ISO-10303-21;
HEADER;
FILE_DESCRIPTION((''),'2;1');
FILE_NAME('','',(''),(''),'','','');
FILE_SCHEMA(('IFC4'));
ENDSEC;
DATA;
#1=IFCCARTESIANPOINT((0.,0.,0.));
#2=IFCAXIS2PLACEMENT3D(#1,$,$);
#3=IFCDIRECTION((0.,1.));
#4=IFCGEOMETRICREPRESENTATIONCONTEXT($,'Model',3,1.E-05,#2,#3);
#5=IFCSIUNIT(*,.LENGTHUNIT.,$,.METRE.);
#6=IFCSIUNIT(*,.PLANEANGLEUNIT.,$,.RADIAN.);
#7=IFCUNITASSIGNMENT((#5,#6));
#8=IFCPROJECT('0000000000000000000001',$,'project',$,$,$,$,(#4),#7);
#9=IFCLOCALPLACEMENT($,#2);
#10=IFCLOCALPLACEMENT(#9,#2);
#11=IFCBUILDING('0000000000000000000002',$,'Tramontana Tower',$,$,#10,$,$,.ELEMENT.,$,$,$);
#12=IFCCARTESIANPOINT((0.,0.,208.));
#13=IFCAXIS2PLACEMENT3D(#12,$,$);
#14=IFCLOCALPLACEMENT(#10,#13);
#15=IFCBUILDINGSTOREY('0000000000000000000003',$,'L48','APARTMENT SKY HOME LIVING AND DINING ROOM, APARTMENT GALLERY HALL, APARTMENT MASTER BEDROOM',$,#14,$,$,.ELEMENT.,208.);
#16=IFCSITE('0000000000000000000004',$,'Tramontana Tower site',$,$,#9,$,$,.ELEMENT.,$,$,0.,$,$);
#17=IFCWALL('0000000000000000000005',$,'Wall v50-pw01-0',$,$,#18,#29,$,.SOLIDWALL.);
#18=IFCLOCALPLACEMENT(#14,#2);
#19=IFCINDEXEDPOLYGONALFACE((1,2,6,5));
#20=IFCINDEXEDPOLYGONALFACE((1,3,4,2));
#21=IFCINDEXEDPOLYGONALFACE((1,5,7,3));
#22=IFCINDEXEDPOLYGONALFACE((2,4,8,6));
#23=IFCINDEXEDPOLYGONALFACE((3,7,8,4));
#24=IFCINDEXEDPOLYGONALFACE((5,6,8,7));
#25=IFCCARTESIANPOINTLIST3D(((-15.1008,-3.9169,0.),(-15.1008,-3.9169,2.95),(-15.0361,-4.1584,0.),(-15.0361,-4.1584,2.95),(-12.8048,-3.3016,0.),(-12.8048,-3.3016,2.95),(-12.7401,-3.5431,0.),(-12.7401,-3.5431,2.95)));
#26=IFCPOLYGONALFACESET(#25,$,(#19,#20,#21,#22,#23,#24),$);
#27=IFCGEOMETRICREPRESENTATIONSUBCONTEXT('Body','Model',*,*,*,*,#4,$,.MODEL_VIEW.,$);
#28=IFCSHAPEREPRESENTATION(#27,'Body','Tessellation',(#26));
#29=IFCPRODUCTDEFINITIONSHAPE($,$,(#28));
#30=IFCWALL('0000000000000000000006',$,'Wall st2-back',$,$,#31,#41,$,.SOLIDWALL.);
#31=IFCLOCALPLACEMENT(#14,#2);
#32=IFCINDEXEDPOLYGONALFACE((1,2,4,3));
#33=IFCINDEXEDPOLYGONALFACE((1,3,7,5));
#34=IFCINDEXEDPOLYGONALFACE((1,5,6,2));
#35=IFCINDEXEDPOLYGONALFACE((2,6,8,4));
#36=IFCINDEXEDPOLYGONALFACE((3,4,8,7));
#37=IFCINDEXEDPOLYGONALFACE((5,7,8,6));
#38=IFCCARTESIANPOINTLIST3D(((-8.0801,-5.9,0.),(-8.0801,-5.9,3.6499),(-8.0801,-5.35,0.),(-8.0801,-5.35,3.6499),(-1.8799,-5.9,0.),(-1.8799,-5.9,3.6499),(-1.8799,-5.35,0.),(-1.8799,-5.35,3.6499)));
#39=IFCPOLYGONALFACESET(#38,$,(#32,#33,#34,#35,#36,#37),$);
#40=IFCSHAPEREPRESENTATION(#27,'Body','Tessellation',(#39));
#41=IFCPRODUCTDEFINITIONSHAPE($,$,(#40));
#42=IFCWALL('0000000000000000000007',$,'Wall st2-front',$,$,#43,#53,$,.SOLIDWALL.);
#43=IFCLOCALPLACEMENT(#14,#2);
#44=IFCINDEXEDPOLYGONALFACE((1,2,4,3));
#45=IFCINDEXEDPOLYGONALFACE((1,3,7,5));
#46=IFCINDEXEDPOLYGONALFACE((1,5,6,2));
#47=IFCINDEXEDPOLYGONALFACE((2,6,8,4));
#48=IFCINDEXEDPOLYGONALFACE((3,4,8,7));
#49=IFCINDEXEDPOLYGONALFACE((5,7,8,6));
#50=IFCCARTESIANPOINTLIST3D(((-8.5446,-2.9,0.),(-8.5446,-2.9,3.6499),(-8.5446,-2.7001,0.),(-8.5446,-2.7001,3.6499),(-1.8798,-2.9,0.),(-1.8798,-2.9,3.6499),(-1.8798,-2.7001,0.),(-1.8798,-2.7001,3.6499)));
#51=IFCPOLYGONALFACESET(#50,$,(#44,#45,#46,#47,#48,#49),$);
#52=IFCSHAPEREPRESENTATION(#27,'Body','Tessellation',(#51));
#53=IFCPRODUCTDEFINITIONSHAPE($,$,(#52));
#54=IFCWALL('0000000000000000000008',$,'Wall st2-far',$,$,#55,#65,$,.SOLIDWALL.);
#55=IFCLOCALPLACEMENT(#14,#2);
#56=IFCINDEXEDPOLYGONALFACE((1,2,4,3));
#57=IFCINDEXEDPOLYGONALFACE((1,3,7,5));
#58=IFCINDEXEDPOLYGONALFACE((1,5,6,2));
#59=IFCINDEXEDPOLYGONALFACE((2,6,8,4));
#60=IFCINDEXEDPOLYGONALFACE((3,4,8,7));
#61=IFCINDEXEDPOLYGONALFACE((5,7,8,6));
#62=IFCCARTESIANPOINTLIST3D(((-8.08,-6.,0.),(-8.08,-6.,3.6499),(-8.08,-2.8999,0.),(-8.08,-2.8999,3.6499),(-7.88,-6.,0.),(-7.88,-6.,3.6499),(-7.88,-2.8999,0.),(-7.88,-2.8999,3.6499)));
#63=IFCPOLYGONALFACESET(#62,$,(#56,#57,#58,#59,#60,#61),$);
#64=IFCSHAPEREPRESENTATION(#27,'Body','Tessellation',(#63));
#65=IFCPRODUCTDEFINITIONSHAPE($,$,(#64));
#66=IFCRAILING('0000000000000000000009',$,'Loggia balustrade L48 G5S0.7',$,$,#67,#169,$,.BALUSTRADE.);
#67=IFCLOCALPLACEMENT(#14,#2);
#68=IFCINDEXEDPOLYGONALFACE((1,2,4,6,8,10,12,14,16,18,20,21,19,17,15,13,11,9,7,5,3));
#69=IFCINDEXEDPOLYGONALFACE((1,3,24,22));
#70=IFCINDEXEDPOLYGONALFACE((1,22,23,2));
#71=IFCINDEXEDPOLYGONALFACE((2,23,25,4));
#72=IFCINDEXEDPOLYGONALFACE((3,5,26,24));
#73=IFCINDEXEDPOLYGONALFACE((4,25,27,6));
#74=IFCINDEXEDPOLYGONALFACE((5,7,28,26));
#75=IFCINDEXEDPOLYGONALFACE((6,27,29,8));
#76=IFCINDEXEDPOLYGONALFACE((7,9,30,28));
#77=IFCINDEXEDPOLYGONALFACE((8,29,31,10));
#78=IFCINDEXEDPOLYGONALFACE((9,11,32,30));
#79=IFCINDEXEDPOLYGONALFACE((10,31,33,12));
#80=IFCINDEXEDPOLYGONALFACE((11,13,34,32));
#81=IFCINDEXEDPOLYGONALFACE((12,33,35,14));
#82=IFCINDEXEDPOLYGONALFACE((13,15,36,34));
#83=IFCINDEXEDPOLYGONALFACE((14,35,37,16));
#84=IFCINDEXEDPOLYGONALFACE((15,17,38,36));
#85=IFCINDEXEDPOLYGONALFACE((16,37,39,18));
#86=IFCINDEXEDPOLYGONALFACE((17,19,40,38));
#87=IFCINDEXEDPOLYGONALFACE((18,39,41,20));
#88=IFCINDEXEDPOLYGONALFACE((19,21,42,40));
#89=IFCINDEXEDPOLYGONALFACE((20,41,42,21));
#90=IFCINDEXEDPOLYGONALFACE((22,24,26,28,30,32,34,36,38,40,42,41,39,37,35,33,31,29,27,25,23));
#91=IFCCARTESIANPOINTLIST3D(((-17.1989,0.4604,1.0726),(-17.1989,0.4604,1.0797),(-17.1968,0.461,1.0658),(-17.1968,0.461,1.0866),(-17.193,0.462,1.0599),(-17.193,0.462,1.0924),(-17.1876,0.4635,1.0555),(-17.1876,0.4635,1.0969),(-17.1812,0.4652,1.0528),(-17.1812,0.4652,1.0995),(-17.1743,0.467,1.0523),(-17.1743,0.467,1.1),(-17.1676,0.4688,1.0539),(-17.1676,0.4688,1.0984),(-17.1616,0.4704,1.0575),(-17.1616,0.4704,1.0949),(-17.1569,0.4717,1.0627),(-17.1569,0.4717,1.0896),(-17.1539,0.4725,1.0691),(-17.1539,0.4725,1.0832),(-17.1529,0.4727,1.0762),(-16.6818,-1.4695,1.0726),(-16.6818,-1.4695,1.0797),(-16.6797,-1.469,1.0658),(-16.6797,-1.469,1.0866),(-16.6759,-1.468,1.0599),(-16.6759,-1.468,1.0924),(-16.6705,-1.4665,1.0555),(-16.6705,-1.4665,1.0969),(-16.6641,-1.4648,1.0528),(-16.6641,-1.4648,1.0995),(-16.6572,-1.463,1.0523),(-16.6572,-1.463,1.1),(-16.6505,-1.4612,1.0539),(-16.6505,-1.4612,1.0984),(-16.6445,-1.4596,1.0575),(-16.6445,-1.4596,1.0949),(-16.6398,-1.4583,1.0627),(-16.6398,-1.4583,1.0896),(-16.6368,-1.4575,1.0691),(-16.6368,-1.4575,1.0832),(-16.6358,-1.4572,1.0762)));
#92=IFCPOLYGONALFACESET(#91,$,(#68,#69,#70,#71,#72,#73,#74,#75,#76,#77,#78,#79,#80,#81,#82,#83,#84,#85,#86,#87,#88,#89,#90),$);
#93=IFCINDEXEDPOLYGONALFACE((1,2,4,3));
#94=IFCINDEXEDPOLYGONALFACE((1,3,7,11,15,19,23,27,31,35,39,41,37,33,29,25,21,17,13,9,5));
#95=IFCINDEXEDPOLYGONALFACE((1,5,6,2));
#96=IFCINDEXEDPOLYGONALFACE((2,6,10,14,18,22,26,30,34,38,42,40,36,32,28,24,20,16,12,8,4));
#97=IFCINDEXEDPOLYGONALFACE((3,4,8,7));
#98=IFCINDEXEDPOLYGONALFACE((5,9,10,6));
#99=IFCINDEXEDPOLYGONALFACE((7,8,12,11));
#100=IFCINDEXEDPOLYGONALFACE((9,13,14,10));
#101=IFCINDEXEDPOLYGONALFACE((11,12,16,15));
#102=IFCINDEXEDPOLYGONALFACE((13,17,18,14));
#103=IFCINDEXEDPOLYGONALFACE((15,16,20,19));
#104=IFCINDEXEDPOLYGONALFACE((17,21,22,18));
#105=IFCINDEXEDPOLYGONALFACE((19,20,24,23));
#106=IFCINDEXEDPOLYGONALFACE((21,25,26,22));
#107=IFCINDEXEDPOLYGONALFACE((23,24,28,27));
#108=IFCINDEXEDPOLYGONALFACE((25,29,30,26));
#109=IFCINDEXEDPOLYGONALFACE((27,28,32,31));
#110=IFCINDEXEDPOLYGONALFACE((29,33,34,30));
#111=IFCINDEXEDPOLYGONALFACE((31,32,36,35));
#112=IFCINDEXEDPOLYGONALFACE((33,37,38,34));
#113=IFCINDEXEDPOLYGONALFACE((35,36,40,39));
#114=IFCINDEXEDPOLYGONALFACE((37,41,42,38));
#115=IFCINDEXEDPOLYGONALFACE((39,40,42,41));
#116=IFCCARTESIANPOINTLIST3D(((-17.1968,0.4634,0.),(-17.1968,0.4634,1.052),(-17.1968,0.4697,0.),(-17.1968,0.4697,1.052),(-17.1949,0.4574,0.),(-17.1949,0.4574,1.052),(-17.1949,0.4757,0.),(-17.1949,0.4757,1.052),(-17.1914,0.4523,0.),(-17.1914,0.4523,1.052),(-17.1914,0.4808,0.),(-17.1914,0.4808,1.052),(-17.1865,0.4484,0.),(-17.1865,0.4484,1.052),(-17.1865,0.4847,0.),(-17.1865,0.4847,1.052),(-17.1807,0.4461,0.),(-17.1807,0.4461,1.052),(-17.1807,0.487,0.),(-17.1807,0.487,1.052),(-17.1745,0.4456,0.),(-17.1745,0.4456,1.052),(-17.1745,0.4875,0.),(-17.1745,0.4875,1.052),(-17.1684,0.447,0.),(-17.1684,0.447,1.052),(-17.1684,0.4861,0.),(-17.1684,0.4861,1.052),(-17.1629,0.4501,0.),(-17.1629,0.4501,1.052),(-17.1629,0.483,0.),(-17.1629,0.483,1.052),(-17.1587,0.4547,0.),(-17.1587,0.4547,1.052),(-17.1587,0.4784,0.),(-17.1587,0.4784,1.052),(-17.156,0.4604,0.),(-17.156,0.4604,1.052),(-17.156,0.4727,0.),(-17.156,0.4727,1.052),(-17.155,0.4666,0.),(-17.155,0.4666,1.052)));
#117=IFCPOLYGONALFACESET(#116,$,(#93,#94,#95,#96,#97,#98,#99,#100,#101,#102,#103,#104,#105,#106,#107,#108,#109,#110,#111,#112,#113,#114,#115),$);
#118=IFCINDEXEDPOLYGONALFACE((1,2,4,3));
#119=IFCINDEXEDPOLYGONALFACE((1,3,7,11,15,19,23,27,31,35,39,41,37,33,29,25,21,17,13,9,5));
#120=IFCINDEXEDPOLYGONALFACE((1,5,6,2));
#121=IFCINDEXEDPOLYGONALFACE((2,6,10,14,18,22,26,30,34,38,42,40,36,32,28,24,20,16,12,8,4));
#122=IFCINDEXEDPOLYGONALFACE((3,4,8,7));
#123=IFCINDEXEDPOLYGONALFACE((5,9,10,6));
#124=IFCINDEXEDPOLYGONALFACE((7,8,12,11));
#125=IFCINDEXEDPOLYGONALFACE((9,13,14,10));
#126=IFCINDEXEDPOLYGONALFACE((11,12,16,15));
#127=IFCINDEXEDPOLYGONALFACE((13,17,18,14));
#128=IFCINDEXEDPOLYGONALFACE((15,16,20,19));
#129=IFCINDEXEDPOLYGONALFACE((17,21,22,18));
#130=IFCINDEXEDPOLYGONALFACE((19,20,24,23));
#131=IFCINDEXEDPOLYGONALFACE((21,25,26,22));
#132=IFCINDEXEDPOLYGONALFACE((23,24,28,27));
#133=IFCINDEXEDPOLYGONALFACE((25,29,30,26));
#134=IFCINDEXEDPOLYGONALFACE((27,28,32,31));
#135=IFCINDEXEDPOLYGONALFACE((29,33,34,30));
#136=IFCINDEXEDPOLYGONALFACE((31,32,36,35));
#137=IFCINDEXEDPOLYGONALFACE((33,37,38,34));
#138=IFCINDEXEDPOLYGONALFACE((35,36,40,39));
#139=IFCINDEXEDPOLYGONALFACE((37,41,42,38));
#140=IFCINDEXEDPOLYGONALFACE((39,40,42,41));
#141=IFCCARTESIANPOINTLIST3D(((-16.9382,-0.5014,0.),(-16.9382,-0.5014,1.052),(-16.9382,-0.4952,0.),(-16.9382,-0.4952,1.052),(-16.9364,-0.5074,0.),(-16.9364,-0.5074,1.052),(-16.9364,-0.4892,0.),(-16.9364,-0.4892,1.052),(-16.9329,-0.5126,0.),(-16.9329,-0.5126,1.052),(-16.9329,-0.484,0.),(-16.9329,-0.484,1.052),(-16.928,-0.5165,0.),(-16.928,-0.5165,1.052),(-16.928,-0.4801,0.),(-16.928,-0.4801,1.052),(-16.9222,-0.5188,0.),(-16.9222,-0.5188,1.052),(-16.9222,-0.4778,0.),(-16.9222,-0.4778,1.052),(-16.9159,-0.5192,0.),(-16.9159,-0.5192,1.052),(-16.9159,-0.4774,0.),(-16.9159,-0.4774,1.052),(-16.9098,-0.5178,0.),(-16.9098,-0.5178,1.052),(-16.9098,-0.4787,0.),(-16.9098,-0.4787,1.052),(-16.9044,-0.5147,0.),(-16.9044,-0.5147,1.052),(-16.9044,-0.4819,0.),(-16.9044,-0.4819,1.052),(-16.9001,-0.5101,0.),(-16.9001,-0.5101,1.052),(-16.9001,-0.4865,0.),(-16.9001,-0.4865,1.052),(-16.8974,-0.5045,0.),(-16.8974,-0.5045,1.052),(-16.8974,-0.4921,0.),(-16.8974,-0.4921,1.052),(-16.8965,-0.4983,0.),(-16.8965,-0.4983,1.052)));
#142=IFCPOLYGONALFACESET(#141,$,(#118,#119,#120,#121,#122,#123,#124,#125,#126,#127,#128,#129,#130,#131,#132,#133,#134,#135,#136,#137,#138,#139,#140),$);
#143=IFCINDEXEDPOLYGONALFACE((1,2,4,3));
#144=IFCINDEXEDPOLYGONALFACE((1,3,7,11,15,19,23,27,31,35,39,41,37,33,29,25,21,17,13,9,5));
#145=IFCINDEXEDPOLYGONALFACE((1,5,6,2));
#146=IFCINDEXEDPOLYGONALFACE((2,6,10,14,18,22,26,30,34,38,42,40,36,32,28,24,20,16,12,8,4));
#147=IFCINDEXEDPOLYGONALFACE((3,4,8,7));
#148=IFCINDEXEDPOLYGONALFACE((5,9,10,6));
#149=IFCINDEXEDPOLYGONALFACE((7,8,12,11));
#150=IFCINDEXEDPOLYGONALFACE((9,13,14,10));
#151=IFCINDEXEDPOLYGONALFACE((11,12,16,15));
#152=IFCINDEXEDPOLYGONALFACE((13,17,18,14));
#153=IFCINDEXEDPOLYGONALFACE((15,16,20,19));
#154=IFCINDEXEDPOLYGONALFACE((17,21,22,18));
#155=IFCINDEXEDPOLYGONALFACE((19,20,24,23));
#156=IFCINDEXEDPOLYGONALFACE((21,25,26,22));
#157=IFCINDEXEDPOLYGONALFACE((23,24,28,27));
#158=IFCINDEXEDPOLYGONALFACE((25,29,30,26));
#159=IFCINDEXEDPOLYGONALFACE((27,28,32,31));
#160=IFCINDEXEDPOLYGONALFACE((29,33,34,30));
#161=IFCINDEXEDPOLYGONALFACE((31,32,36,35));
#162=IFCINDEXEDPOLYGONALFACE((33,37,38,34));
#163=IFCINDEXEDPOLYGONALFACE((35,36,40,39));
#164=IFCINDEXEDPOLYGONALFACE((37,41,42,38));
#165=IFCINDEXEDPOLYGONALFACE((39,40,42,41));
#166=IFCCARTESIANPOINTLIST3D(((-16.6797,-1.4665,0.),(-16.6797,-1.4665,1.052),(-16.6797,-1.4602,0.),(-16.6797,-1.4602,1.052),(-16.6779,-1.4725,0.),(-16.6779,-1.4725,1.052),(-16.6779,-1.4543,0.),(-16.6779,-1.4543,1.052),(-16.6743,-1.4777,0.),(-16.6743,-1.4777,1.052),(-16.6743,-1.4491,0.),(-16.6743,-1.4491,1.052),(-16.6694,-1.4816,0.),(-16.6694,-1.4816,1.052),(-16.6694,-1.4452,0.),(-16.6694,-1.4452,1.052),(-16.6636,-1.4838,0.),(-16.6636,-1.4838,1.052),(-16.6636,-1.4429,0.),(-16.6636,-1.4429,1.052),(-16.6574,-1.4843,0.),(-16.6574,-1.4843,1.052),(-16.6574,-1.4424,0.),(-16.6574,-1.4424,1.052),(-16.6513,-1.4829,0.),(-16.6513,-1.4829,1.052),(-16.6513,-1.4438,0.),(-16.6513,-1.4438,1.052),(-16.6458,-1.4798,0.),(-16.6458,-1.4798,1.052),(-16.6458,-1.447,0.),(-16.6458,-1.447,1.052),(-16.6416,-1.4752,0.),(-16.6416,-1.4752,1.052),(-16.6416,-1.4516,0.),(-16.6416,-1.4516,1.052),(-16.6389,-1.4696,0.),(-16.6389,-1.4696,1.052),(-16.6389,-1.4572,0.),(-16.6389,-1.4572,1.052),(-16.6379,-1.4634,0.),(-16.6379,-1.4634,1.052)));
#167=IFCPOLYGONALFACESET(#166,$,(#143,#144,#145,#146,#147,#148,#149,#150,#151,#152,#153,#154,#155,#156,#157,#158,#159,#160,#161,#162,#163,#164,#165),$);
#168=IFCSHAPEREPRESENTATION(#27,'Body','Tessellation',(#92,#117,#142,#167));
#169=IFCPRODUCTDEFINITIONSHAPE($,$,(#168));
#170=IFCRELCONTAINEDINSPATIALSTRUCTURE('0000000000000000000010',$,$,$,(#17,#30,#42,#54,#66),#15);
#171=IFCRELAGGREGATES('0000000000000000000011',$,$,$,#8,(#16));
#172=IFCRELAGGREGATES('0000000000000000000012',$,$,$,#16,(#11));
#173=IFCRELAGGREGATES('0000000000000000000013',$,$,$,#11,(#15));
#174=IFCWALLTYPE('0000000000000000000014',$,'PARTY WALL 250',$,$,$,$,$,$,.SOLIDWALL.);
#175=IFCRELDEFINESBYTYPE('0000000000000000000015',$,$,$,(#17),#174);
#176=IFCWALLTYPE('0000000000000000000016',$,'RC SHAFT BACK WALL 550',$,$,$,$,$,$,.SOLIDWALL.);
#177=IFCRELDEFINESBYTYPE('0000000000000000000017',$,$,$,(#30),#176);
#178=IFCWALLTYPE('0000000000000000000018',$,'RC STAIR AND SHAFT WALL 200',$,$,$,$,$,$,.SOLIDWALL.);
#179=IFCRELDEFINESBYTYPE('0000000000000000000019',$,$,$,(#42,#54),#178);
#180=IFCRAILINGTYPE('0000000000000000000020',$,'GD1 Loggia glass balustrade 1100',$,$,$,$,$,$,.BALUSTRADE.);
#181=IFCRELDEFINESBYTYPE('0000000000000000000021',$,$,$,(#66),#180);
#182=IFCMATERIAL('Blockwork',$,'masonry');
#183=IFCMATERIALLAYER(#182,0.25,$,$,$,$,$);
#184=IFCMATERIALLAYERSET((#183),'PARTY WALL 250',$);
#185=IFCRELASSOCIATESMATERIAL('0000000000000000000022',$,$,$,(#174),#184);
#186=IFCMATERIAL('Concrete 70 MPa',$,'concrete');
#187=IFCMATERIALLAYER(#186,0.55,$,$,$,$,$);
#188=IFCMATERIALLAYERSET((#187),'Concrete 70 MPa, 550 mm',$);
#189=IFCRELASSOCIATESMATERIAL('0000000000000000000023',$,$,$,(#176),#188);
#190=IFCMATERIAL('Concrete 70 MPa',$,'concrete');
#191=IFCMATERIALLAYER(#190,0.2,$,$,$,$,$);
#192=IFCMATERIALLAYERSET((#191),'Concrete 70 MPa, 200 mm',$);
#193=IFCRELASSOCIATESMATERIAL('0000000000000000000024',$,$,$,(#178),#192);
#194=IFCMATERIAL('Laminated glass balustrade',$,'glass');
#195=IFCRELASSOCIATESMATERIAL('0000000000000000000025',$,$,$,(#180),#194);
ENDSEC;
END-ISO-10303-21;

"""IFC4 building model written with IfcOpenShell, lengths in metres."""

from ifc_helpers import new_model, si_unit, direction, frame, frame_2d, origin, origin_2d, place, context, subcontext, project, spatial, rectangle, circle, extrude, material, layer, layer_set, type_object, element, save


model = new_model("IFC4")

# Units and contexts
model_context = context("Model", 3, precision=1e-05, world=origin(), true_north=direction((0.0, 1.0)))
body_context = subcontext(model_context, "Body", "Model", "MODEL_VIEW")
ifc_project = project(units=[si_unit("LENGTHUNIT", "METRE"), si_unit("PLANEANGLEUNIT", "RADIAN")], contexts=[model_context])

# Site, building, storey
site_placement = place(None, origin())
site = spatial("IfcSite", under=ifc_project, at=site_placement, Name="Tramontana Tower site", CompositionType="ELEMENT", RefElevation=0.0)
building_placement = place(site_placement, origin())
building = spatial("IfcBuilding", under=site, at=building_placement, Name="Tramontana Tower", CompositionType="ELEMENT")
storey_placement = place(building_placement, frame((0.0, 0.0, 208.0)))
storey = spatial("IfcBuildingStorey", under=building, at=storey_placement, Name="L48", Description="APARTMENT SKY HOME LIVING AND DINING ROOM, APARTMENT GALLERY HALL, APARTMENT MASTER BEDROOM", CompositionType="ELEMENT", Elevation=208.0)

# Walls
ifc_material_1 = material(Name="Blockwork", Category="masonry")
ifc_layer_1 = layer(ifc_material_1, 0.25)
ifc_layer_set_1 = layer_set([ifc_layer_1], Name="PARTY WALL 250")
wall_type_1 = type_object("IfcWallType", Name="PARTY WALL 250", PredefinedType="SOLIDWALL", material=ifc_layer_set_1)
wall_1_placement = place(storey_placement, frame((-12.7725, -3.4224, 0.0), z_axis=(0.0, 0.0, 1.0), x_axis=(-0.965921, -0.258839, 0.0)))
element("IfcWall", 1, at=wall_1_placement, inside=storey, type_object=wall_type_1, Name="Wall v50-pw01-0", PredefinedType="SOLIDWALL", context=body_context, shape_type="SweptSolid", body=[
    extrude(rectangle(XDim=2.377, YDim=0.25, at=frame_2d((1.1885, 0.0))), origin(), (0.0, 0.0, 1.0), 2.95),
])
ifc_material_2 = material(Name="Concrete 70 MPa", Category="concrete")
ifc_layer_2 = layer(ifc_material_2, 0.55)
ifc_layer_set_2 = layer_set([ifc_layer_2], Name="Concrete 70 MPa, 550 mm")
wall_type_2 = type_object("IfcWallType", Name="RC SHAFT BACK WALL 550", PredefinedType="SOLIDWALL", material=ifc_layer_set_2)
wall_2_placement = place(storey_placement, frame((-8.0801, -5.625, 0.0), z_axis=(0.0, 0.0, 1.0), x_axis=(1.0, 0.0, 0.0)))
element("IfcWall", 2, at=wall_2_placement, inside=storey, type_object=wall_type_2, Name="Wall st2-back", PredefinedType="SOLIDWALL", context=body_context, shape_type="SweptSolid", body=[
    extrude(rectangle(XDim=6.2002, YDim=0.55, at=frame_2d((3.1001, 0.0))), origin(), (0.0, 0.0, 1.0), 3.6499),
])
ifc_material_3 = material(Name="Concrete 70 MPa", Category="concrete")
ifc_layer_3 = layer(ifc_material_3, 0.2)
ifc_layer_set_3 = layer_set([ifc_layer_3], Name="Concrete 70 MPa, 200 mm")
wall_type_3 = type_object("IfcWallType", Name="RC STAIR AND SHAFT WALL 200", PredefinedType="SOLIDWALL", material=ifc_layer_set_3)
wall_3_placement = place(storey_placement, frame((-8.5447, -2.8, 0.0), z_axis=(0.0, 0.0, 1.0), x_axis=(1.0, 0.0, 0.0)))
element("IfcWall", 3, at=wall_3_placement, inside=storey, type_object=wall_type_3, Name="Wall st2-front", PredefinedType="SOLIDWALL", context=body_context, shape_type="SweptSolid", body=[
    extrude(rectangle(XDim=6.6648, YDim=0.2, at=frame_2d((3.3325, 0.0))), origin(), (0.0, 0.0, 1.0), 3.6499),
])
wall_4_placement = place(storey_placement, frame((-7.98, -2.8999, 0.0), z_axis=(0.0, 0.0, 1.0), x_axis=(0.0, -1.0, 0.0)))
element("IfcWall", 4, at=wall_4_placement, inside=storey, type_object=wall_type_3, Name="Wall st2-far", PredefinedType="SOLIDWALL", context=body_context, shape_type="SweptSolid", body=[
    extrude(rectangle(XDim=3.1001, YDim=0.2, at=frame_2d((1.55, 0.0))), origin(), (0.0, 0.0, 1.0), 3.6499),
])

# Railing
ifc_material_4 = material(Name="Laminated glass balustrade", Category="glass")
railing_type = type_object("IfcRailingType", Name="GD1 Loggia glass balustrade 1100", PredefinedType="BALUSTRADE", material=ifc_material_4)
railing_placement = place(storey_placement, frame((-17.176, 0.4666, 0.0)))
element("IfcRailing", 5, at=railing_placement, inside=storey, type_object=railing_type, Name="Loggia balustrade L48 G5S0.7", PredefinedType="BALUSTRADE", context=body_context, shape_type="SweptSolid", body=[
    extrude(circle(Radius=0.0239, at=origin_2d()), frame((0.0, 0.0, 1.0762), z_axis=(0.258803, -0.96593, 0.0), x_axis=(0.96593, 0.258803, 0.0)), (0.0, 0.0, 1.0), 1.998),
    extrude(circle(Radius=0.021, at=origin_2d()), origin(), (0.0, 0.0, 1.0), 1.052),
    extrude(circle(Radius=0.021, at=origin_2d()), frame((0.2585, -0.9648, 0.0)), (0.0, 0.0, 1.0), 1.052),
    extrude(circle(Radius=0.021, at=origin_2d()), frame((0.5171, -1.9299, 0.0)), (0.0, 0.0, 1.0), 1.052),
])

save(model, "model.ifc")
